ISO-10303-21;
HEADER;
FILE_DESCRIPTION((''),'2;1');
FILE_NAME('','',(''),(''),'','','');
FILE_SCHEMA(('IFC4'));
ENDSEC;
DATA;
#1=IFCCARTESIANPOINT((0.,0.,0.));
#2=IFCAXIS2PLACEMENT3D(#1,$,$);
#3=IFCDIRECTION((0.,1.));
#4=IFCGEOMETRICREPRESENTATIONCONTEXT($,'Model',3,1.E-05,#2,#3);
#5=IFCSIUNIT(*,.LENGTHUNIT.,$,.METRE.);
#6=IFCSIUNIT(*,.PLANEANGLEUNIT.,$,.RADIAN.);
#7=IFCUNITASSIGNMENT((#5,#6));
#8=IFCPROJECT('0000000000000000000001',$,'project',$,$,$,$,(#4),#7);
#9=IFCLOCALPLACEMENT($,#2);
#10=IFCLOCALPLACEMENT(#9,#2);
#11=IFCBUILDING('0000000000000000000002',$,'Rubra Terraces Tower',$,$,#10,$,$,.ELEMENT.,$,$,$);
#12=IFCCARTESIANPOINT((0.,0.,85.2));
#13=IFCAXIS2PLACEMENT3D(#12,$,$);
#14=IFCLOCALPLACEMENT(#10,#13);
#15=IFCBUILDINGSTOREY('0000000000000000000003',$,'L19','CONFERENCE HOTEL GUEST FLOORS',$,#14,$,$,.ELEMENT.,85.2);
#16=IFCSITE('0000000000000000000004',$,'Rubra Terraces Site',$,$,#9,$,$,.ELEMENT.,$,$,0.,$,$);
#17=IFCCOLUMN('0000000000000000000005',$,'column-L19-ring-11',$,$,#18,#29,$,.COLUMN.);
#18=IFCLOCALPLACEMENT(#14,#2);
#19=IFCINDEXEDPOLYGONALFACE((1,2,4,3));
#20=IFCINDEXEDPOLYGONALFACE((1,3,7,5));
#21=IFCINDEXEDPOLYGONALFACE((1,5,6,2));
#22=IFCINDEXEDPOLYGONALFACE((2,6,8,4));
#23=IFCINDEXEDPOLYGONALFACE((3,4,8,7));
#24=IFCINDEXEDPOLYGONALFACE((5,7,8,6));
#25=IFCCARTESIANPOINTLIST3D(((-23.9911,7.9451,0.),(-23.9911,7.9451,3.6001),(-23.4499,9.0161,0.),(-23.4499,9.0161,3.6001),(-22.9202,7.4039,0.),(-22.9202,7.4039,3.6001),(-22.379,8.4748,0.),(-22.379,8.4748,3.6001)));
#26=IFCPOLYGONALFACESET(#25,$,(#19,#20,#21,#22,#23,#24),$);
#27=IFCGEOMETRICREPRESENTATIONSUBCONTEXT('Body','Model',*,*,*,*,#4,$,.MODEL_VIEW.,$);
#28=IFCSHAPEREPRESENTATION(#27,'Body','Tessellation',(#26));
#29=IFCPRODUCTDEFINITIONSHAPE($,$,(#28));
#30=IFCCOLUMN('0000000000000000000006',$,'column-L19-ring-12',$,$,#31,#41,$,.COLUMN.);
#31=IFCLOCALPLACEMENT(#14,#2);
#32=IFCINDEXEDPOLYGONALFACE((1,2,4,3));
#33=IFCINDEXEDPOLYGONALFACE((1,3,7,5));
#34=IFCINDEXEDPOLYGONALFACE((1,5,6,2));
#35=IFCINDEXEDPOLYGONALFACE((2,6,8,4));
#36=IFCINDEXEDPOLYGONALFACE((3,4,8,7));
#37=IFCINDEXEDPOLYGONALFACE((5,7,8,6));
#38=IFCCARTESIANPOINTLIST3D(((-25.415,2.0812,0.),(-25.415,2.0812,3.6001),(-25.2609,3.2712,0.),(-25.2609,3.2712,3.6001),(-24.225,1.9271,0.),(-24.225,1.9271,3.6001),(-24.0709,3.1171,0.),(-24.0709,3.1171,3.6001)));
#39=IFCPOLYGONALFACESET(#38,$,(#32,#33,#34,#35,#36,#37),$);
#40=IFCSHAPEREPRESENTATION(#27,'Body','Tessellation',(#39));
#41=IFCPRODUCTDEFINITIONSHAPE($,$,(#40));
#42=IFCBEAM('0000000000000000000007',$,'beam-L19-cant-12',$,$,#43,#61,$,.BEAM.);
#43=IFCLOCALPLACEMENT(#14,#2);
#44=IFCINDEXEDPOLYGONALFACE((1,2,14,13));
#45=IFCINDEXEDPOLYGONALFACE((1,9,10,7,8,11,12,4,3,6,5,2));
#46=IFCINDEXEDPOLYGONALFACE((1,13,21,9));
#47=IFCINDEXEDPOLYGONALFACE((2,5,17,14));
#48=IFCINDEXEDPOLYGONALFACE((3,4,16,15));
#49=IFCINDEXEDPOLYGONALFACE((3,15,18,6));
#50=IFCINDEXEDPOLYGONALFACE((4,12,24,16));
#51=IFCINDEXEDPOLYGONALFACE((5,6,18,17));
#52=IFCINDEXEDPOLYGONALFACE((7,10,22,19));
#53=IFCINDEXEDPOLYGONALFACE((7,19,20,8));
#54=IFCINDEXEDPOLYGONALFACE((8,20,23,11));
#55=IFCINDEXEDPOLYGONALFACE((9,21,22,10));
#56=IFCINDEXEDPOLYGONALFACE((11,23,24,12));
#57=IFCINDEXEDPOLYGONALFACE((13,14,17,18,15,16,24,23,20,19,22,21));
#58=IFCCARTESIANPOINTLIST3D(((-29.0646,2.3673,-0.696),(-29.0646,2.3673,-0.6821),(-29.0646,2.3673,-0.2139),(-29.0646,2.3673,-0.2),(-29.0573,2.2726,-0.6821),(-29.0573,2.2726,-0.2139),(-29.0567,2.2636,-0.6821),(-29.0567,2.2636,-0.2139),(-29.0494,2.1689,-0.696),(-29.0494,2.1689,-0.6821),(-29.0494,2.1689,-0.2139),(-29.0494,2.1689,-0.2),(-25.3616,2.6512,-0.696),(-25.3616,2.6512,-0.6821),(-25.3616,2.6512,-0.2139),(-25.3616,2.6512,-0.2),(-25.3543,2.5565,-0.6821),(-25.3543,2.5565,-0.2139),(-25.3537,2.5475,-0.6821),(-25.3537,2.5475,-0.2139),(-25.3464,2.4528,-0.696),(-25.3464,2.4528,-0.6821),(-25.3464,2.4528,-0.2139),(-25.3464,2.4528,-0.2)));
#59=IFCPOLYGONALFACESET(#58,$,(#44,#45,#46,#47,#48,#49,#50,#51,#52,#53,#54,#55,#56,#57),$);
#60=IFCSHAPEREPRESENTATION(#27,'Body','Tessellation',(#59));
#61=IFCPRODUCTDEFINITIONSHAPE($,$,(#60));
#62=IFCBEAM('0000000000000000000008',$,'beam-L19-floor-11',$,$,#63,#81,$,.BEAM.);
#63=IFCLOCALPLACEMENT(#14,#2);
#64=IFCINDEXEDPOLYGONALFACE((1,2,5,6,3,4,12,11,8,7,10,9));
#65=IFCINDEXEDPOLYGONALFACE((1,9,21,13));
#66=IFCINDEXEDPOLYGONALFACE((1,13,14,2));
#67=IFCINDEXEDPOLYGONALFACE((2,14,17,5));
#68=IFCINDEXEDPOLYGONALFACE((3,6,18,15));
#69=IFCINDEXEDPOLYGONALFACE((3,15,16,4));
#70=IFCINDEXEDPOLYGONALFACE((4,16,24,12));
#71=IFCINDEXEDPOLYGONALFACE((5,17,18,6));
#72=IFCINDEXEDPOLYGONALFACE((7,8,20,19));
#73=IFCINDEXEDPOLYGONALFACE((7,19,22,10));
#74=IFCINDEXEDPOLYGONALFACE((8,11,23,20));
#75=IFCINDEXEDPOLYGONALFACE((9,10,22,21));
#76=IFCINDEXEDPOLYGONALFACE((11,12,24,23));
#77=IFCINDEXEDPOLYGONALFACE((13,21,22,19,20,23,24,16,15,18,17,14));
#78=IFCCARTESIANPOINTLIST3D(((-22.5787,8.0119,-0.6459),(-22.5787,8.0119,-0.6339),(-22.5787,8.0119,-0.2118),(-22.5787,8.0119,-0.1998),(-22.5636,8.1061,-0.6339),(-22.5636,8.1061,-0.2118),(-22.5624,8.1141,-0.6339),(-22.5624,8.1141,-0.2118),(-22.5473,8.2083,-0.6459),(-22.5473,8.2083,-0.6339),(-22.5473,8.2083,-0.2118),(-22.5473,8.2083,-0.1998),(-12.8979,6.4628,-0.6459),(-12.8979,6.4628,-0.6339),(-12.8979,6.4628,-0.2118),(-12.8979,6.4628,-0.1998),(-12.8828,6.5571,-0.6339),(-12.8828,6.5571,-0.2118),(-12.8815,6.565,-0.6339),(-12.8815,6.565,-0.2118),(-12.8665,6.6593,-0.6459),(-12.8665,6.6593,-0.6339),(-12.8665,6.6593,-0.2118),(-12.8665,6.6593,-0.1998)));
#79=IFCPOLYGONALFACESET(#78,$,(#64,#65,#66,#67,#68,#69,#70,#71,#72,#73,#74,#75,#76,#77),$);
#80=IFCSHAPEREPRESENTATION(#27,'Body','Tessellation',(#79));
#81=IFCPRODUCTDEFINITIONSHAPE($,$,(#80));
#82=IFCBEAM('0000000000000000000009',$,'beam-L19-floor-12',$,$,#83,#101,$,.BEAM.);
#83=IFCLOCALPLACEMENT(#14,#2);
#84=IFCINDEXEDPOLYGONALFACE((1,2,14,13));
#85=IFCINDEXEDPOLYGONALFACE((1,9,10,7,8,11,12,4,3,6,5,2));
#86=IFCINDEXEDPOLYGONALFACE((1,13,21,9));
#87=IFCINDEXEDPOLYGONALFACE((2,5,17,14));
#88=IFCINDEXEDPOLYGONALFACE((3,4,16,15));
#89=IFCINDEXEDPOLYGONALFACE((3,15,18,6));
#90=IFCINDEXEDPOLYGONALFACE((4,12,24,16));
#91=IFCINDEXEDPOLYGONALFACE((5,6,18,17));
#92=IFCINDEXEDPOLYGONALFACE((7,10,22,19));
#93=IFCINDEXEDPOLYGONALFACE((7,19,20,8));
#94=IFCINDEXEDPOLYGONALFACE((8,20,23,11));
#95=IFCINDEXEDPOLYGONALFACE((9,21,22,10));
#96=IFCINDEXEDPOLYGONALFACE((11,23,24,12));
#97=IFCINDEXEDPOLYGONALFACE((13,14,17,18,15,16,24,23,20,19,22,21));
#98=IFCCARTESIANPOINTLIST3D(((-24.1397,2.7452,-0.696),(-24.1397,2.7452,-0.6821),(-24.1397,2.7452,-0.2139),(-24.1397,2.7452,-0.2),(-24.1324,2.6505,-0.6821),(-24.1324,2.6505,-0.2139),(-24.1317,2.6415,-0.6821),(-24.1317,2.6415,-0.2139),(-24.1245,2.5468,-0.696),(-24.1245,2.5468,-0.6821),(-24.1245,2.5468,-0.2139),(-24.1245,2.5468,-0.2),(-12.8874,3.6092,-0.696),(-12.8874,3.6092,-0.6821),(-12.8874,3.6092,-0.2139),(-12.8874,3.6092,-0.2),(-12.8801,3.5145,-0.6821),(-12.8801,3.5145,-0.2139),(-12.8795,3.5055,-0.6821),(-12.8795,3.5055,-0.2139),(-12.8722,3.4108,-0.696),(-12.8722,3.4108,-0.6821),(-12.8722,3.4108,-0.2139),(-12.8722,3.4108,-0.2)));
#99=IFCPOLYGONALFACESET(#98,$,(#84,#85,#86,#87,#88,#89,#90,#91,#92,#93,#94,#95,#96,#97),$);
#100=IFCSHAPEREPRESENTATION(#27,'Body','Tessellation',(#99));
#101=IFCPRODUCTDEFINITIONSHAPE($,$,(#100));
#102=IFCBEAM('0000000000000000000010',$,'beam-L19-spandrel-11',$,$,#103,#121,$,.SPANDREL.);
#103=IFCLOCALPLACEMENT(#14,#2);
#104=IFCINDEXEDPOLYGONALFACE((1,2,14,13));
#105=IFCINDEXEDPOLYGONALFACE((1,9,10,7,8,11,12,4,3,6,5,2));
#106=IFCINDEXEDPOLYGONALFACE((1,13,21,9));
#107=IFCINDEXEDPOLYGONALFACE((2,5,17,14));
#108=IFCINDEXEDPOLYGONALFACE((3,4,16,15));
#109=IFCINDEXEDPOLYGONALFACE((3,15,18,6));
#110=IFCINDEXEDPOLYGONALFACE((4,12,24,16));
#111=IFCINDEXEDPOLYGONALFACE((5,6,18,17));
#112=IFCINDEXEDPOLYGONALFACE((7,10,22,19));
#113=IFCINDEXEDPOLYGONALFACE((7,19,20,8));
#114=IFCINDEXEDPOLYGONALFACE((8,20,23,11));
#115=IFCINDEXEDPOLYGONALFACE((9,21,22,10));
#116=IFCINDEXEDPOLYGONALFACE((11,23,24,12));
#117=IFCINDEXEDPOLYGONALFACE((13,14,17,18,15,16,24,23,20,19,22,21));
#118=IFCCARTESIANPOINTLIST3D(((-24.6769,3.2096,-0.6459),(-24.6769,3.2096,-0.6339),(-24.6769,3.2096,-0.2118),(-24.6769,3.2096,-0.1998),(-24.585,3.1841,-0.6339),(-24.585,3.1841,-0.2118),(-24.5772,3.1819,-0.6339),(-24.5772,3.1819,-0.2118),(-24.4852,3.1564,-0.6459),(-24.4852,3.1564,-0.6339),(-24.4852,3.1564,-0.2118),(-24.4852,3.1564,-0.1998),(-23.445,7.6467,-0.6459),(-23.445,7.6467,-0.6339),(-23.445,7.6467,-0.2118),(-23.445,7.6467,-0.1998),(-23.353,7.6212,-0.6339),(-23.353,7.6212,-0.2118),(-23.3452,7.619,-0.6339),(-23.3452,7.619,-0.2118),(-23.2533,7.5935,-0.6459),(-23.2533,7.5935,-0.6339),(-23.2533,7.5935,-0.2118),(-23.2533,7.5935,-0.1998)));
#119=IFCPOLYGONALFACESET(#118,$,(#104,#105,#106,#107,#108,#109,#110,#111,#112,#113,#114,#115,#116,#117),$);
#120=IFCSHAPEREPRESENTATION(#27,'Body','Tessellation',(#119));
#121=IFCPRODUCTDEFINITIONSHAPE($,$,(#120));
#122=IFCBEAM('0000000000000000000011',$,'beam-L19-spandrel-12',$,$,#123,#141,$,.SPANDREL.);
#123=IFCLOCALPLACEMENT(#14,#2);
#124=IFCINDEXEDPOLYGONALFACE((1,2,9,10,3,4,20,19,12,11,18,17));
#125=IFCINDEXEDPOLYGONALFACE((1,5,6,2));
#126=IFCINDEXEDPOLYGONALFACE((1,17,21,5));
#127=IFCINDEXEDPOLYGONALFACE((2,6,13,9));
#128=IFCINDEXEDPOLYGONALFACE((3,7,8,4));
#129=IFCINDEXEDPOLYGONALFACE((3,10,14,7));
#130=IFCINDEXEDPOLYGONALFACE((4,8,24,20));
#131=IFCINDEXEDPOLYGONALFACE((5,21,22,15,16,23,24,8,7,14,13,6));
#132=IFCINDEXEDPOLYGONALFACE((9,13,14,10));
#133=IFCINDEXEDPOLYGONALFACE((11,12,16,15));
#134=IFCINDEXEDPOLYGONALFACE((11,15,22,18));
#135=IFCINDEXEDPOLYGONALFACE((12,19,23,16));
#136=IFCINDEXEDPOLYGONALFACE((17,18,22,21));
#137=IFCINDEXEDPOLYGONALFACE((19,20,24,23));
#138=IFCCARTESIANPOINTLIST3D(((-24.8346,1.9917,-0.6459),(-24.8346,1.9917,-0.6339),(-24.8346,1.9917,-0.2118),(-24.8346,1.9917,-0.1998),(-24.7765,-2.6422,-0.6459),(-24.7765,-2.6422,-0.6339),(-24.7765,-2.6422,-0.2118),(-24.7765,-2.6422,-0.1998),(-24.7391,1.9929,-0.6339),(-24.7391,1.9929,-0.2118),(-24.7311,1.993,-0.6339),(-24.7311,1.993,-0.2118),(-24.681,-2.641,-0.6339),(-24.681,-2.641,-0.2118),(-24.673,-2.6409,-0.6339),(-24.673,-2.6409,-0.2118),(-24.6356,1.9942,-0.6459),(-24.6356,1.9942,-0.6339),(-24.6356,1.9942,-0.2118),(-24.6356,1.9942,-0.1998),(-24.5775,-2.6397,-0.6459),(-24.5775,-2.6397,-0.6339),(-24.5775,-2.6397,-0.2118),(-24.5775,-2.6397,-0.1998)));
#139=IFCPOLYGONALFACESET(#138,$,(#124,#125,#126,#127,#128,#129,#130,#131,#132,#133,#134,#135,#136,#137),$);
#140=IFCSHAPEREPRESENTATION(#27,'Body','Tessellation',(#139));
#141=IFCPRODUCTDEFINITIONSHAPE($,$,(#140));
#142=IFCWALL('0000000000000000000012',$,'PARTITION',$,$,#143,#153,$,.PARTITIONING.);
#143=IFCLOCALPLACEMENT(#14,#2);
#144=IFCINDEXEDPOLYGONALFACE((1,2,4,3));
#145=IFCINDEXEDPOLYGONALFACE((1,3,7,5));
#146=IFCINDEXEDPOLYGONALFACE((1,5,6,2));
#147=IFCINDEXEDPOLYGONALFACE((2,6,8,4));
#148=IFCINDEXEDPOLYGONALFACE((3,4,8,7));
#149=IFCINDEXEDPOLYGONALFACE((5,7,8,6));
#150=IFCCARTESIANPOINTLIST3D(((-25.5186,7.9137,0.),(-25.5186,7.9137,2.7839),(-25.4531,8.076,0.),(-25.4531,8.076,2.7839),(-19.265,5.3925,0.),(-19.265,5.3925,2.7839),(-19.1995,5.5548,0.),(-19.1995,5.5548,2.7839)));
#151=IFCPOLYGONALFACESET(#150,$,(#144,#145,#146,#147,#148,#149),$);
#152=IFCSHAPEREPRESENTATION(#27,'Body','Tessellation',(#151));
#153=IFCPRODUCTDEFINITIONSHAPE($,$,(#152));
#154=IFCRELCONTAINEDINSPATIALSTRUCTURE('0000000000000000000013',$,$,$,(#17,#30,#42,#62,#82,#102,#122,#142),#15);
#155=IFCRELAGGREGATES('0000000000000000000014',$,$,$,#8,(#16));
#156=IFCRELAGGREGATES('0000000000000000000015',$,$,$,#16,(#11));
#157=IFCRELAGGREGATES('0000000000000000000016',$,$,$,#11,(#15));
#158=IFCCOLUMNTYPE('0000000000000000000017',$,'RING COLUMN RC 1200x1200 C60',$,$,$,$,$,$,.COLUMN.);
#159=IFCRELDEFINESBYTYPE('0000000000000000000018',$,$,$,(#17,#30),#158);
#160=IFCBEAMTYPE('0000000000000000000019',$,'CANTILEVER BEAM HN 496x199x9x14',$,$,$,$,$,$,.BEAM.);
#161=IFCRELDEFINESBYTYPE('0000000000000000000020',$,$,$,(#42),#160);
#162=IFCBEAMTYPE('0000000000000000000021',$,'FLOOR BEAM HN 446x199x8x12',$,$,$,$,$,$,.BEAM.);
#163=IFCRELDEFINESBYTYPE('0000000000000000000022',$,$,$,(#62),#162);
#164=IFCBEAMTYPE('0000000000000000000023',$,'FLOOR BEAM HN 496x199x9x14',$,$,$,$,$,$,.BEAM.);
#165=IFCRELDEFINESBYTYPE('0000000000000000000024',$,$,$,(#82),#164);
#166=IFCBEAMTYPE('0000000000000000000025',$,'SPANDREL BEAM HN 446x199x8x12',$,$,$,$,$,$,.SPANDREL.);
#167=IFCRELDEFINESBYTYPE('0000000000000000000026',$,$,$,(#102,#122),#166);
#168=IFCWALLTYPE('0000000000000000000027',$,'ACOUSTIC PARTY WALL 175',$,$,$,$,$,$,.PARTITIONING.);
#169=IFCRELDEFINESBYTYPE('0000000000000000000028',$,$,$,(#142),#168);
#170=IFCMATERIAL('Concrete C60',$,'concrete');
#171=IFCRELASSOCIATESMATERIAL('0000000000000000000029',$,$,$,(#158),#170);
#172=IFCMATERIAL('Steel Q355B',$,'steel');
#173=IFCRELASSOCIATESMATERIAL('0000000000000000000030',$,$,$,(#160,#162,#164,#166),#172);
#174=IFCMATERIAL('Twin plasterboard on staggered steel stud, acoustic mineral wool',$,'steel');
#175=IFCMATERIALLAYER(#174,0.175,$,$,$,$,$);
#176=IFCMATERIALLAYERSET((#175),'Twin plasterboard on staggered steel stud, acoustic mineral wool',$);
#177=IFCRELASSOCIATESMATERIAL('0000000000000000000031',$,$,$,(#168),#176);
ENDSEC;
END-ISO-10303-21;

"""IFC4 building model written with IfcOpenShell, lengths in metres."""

from ifc_helpers import new_model, si_unit, direction, frame, frame_2d, origin, origin_2d, place, context, subcontext, project, spatial, rectangle, i_section, extrude, material, layer, layer_set, material_profile, profile_set, type_object, element, save


model = new_model("IFC4")

# Units and contexts
model_context = context("Model", 3, precision=1e-05, world=origin(), true_north=direction((0.0, 1.0)))
body_context = subcontext(model_context, "Body", "Model", "MODEL_VIEW")
ifc_project = project(units=[si_unit("LENGTHUNIT", "METRE"), si_unit("PLANEANGLEUNIT", "RADIAN")], contexts=[model_context])

# Site, building, storey
site_placement = place(None, origin())
site = spatial("IfcSite", under=ifc_project, at=site_placement, Name="Rubra Terraces Site", CompositionType="ELEMENT", RefElevation=0.0)
building_placement = place(site_placement, origin())
building = spatial("IfcBuilding", under=site, at=building_placement, Name="Rubra Terraces Tower", CompositionType="ELEMENT")
storey_placement = place(building_placement, frame((0.0, 0.0, 85.2)))
storey = spatial("IfcBuildingStorey", under=building, at=storey_placement, Name="L19", Description="CONFERENCE HOTEL GUEST FLOORS", CompositionType="ELEMENT", Elevation=85.2)

# Columns
ifc_material_1 = material(Name="Concrete C60", Category="concrete")
ifc_material_profile_1 = material_profile(ifc_material_1, rectangle(XDim=1.2, YDim=1.2, at=origin_2d()), Name="RC 1200x1200")
ifc_profile_set_1 = profile_set([ifc_material_profile_1], Name="Concrete C60")
column_type = type_object("IfcColumnType", Name="RING COLUMN RC 1200x1200 C60", PredefinedType="COLUMN", material=ifc_profile_set_1)
for number, where, z_axis, x_axis, name in (
    (1, (-23.1851, 8.21, 0.0), (0.0, 0.0, 1.0), (-0.451028, -0.89251, 0.0), "column-L19-ring-11"),
    (2, (-24.7429, 2.5991, 0.0), (0.0, 0.0, 1.0), (-0.128444, -0.991717, 0.0), "column-L19-ring-12"),
):
    element("IfcColumn", number, at=place(storey_placement, frame(where, z_axis=z_axis, x_axis=x_axis)), inside=storey, type_object=column_type, Name=name, PredefinedType="COLUMN", context=body_context, shape_type="SweptSolid", body=[
        extrude(rectangle(XDim=1.2, YDim=1.2, at=origin_2d()), origin(), (0.0, 0.0, 1.0), 3.6001),
    ])

# Beams
ifc_material_2 = material(Name="Steel Q355B", Category="steel")
ifc_material_profile_2 = material_profile(ifc_material_2, i_section(OverallWidth=0.199, OverallDepth=0.4961, WebThickness=0.009, FlangeThickness=0.0139, at=origin_2d()), Name="HN 496x199x9x14")
ifc_profile_set_2 = profile_set([ifc_material_profile_2], Name="Steel Q355B")
beam_type_1 = type_object("IfcBeamType", Name="CANTILEVER BEAM HN 496x199x9x14", PredefinedType="BEAM", material=ifc_profile_set_2)
beam_1_placement = place(storey_placement, frame((-25.354, 2.552, -0.448), z_axis=(-0.997073, -0.076455, 0.0), x_axis=(0.076455, -0.997073, 0.0)))
element("IfcBeam", 3, at=beam_1_placement, inside=storey, type_object=beam_type_1, Name="beam-L19-cant-12", PredefinedType="BEAM", context=body_context, shape_type="SweptSolid", body=[
    extrude(i_section(OverallWidth=0.199, OverallDepth=0.4961, WebThickness=0.009, FlangeThickness=0.0139, at=origin_2d()), origin(), (0.0, 0.0, 1.0), 3.7139),
])
ifc_material_profile_3 = material_profile(ifc_material_2, i_section(OverallWidth=0.199, OverallDepth=0.446, WebThickness=0.0081, FlangeThickness=0.012, at=origin_2d()), Name="HN 446x199x8x12")
ifc_profile_set_3 = profile_set([ifc_material_profile_3], Name="Steel Q355B")
beam_type_2 = type_object("IfcBeamType", Name="FLOOR BEAM HN 446x199x8x12", PredefinedType="BEAM", material=ifc_profile_set_3)
beam_2_placement = place(storey_placement, frame((-22.563, 8.1101, -0.4229), z_axis=(0.987439, -0.158003, 0.0), x_axis=(0.158003, 0.987439, 0.0)))
element("IfcBeam", 4, at=beam_2_placement, inside=storey, type_object=beam_type_2, Name="beam-L19-floor-11", PredefinedType="BEAM", context=body_context, shape_type="SweptSolid", body=[
    extrude(i_section(OverallWidth=0.199, OverallDepth=0.446, WebThickness=0.0081, FlangeThickness=0.012, at=origin_2d()), origin(), (0.0, 0.0, 1.0), 9.804),
])
ifc_material_profile_4 = material_profile(ifc_material_2, i_section(OverallWidth=0.199, OverallDepth=0.4961, WebThickness=0.009, FlangeThickness=0.0139, at=origin_2d()), Name="HN 496x199x9x14")
ifc_profile_set_4 = profile_set([ifc_material_profile_4], Name="Steel Q355B")
beam_type_3 = type_object("IfcBeamType", Name="FLOOR BEAM HN 496x199x9x14", PredefinedType="BEAM", material=ifc_profile_set_4)
beam_3_placement = place(storey_placement, frame((-24.1321, 2.646, -0.448), z_axis=(0.997065, 0.076561, 0.0), x_axis=(-0.076561, 0.997065, 0.0)))
element("IfcBeam", 5, at=beam_3_placement, inside=storey, type_object=beam_type_3, Name="beam-L19-floor-12", PredefinedType="BEAM", context=body_context, shape_type="SweptSolid", body=[
    extrude(i_section(OverallWidth=0.199, OverallDepth=0.4961, WebThickness=0.009, FlangeThickness=0.0139, at=origin_2d()), origin(), (0.0, 0.0, 1.0), 11.2854),
])
ifc_material_profile_5 = material_profile(ifc_material_2, i_section(OverallWidth=0.199, OverallDepth=0.446, WebThickness=0.0081, FlangeThickness=0.012, at=origin_2d()), Name="HN 446x199x8x12")
ifc_profile_set_5 = profile_set([ifc_material_profile_5], Name="Steel Q355B")
beam_type_4 = type_object("IfcBeamType", Name="SPANDREL BEAM HN 446x199x8x12", PredefinedType="SPANDREL", material=ifc_profile_set_5)
beam_4_placement = place(storey_placement, frame((-23.3491, 7.6201, -0.4229), z_axis=(-0.267529, -0.96355, 0.0), x_axis=(0.96355, -0.267529, 0.0)))
element("IfcBeam", 6, at=beam_4_placement, inside=storey, type_object=beam_type_4, Name="beam-L19-spandrel-11", PredefinedType="SPANDREL", context=body_context, shape_type="SweptSolid", body=[
    extrude(i_section(OverallWidth=0.199, OverallDepth=0.446, WebThickness=0.0081, FlangeThickness=0.012, at=origin_2d()), origin(), (0.0, 0.0, 1.0), 4.605),
])
beam_5_placement = place(storey_placement, frame((-24.7351, 1.9929, -0.4229), z_axis=(0.012538, -0.999921, 0.0), x_axis=(0.999921, 0.012538, 0.0)))
element("IfcBeam", 7, at=beam_5_placement, inside=storey, type_object=beam_type_4, Name="beam-L19-spandrel-12", PredefinedType="SPANDREL", context=body_context, shape_type="SweptSolid", body=[
    extrude(i_section(OverallWidth=0.199, OverallDepth=0.446, WebThickness=0.0081, FlangeThickness=0.012, at=origin_2d()), origin(), (0.0, 0.0, 1.0), 4.6343),
])

# Wall
ifc_material_3 = material(Name="Twin plasterboard on staggered steel stud, acoustic mineral wool", Category="steel")
ifc_layer_1 = layer(ifc_material_3, 0.175)
ifc_layer_set_1 = layer_set([ifc_layer_1], Name="Twin plasterboard on staggered steel stud, acoustic mineral wool")
wall_type_1 = type_object("IfcWallType", Name="ACOUSTIC PARTY WALL 175", PredefinedType="PARTITIONING", material=ifc_layer_set_1)
wall_1_placement = place(storey_placement, frame((-25.4858, 7.9949, 0.0), z_axis=(0.0, 0.0, 1.0), x_axis=(0.927462, -0.373918, 0.0)))
element("IfcWall", 8, at=wall_1_placement, inside=storey, type_object=wall_type_1, Name="PARTITION", PredefinedType="PARTITIONING", context=body_context, shape_type="SweptSolid", body=[
    extrude(rectangle(XDim=6.7427, YDim=0.175, at=frame_2d((3.3713, 0.0))), origin(), (0.0, 0.0, 1.0), 2.7839),
])

save(model, "model.ifc")
